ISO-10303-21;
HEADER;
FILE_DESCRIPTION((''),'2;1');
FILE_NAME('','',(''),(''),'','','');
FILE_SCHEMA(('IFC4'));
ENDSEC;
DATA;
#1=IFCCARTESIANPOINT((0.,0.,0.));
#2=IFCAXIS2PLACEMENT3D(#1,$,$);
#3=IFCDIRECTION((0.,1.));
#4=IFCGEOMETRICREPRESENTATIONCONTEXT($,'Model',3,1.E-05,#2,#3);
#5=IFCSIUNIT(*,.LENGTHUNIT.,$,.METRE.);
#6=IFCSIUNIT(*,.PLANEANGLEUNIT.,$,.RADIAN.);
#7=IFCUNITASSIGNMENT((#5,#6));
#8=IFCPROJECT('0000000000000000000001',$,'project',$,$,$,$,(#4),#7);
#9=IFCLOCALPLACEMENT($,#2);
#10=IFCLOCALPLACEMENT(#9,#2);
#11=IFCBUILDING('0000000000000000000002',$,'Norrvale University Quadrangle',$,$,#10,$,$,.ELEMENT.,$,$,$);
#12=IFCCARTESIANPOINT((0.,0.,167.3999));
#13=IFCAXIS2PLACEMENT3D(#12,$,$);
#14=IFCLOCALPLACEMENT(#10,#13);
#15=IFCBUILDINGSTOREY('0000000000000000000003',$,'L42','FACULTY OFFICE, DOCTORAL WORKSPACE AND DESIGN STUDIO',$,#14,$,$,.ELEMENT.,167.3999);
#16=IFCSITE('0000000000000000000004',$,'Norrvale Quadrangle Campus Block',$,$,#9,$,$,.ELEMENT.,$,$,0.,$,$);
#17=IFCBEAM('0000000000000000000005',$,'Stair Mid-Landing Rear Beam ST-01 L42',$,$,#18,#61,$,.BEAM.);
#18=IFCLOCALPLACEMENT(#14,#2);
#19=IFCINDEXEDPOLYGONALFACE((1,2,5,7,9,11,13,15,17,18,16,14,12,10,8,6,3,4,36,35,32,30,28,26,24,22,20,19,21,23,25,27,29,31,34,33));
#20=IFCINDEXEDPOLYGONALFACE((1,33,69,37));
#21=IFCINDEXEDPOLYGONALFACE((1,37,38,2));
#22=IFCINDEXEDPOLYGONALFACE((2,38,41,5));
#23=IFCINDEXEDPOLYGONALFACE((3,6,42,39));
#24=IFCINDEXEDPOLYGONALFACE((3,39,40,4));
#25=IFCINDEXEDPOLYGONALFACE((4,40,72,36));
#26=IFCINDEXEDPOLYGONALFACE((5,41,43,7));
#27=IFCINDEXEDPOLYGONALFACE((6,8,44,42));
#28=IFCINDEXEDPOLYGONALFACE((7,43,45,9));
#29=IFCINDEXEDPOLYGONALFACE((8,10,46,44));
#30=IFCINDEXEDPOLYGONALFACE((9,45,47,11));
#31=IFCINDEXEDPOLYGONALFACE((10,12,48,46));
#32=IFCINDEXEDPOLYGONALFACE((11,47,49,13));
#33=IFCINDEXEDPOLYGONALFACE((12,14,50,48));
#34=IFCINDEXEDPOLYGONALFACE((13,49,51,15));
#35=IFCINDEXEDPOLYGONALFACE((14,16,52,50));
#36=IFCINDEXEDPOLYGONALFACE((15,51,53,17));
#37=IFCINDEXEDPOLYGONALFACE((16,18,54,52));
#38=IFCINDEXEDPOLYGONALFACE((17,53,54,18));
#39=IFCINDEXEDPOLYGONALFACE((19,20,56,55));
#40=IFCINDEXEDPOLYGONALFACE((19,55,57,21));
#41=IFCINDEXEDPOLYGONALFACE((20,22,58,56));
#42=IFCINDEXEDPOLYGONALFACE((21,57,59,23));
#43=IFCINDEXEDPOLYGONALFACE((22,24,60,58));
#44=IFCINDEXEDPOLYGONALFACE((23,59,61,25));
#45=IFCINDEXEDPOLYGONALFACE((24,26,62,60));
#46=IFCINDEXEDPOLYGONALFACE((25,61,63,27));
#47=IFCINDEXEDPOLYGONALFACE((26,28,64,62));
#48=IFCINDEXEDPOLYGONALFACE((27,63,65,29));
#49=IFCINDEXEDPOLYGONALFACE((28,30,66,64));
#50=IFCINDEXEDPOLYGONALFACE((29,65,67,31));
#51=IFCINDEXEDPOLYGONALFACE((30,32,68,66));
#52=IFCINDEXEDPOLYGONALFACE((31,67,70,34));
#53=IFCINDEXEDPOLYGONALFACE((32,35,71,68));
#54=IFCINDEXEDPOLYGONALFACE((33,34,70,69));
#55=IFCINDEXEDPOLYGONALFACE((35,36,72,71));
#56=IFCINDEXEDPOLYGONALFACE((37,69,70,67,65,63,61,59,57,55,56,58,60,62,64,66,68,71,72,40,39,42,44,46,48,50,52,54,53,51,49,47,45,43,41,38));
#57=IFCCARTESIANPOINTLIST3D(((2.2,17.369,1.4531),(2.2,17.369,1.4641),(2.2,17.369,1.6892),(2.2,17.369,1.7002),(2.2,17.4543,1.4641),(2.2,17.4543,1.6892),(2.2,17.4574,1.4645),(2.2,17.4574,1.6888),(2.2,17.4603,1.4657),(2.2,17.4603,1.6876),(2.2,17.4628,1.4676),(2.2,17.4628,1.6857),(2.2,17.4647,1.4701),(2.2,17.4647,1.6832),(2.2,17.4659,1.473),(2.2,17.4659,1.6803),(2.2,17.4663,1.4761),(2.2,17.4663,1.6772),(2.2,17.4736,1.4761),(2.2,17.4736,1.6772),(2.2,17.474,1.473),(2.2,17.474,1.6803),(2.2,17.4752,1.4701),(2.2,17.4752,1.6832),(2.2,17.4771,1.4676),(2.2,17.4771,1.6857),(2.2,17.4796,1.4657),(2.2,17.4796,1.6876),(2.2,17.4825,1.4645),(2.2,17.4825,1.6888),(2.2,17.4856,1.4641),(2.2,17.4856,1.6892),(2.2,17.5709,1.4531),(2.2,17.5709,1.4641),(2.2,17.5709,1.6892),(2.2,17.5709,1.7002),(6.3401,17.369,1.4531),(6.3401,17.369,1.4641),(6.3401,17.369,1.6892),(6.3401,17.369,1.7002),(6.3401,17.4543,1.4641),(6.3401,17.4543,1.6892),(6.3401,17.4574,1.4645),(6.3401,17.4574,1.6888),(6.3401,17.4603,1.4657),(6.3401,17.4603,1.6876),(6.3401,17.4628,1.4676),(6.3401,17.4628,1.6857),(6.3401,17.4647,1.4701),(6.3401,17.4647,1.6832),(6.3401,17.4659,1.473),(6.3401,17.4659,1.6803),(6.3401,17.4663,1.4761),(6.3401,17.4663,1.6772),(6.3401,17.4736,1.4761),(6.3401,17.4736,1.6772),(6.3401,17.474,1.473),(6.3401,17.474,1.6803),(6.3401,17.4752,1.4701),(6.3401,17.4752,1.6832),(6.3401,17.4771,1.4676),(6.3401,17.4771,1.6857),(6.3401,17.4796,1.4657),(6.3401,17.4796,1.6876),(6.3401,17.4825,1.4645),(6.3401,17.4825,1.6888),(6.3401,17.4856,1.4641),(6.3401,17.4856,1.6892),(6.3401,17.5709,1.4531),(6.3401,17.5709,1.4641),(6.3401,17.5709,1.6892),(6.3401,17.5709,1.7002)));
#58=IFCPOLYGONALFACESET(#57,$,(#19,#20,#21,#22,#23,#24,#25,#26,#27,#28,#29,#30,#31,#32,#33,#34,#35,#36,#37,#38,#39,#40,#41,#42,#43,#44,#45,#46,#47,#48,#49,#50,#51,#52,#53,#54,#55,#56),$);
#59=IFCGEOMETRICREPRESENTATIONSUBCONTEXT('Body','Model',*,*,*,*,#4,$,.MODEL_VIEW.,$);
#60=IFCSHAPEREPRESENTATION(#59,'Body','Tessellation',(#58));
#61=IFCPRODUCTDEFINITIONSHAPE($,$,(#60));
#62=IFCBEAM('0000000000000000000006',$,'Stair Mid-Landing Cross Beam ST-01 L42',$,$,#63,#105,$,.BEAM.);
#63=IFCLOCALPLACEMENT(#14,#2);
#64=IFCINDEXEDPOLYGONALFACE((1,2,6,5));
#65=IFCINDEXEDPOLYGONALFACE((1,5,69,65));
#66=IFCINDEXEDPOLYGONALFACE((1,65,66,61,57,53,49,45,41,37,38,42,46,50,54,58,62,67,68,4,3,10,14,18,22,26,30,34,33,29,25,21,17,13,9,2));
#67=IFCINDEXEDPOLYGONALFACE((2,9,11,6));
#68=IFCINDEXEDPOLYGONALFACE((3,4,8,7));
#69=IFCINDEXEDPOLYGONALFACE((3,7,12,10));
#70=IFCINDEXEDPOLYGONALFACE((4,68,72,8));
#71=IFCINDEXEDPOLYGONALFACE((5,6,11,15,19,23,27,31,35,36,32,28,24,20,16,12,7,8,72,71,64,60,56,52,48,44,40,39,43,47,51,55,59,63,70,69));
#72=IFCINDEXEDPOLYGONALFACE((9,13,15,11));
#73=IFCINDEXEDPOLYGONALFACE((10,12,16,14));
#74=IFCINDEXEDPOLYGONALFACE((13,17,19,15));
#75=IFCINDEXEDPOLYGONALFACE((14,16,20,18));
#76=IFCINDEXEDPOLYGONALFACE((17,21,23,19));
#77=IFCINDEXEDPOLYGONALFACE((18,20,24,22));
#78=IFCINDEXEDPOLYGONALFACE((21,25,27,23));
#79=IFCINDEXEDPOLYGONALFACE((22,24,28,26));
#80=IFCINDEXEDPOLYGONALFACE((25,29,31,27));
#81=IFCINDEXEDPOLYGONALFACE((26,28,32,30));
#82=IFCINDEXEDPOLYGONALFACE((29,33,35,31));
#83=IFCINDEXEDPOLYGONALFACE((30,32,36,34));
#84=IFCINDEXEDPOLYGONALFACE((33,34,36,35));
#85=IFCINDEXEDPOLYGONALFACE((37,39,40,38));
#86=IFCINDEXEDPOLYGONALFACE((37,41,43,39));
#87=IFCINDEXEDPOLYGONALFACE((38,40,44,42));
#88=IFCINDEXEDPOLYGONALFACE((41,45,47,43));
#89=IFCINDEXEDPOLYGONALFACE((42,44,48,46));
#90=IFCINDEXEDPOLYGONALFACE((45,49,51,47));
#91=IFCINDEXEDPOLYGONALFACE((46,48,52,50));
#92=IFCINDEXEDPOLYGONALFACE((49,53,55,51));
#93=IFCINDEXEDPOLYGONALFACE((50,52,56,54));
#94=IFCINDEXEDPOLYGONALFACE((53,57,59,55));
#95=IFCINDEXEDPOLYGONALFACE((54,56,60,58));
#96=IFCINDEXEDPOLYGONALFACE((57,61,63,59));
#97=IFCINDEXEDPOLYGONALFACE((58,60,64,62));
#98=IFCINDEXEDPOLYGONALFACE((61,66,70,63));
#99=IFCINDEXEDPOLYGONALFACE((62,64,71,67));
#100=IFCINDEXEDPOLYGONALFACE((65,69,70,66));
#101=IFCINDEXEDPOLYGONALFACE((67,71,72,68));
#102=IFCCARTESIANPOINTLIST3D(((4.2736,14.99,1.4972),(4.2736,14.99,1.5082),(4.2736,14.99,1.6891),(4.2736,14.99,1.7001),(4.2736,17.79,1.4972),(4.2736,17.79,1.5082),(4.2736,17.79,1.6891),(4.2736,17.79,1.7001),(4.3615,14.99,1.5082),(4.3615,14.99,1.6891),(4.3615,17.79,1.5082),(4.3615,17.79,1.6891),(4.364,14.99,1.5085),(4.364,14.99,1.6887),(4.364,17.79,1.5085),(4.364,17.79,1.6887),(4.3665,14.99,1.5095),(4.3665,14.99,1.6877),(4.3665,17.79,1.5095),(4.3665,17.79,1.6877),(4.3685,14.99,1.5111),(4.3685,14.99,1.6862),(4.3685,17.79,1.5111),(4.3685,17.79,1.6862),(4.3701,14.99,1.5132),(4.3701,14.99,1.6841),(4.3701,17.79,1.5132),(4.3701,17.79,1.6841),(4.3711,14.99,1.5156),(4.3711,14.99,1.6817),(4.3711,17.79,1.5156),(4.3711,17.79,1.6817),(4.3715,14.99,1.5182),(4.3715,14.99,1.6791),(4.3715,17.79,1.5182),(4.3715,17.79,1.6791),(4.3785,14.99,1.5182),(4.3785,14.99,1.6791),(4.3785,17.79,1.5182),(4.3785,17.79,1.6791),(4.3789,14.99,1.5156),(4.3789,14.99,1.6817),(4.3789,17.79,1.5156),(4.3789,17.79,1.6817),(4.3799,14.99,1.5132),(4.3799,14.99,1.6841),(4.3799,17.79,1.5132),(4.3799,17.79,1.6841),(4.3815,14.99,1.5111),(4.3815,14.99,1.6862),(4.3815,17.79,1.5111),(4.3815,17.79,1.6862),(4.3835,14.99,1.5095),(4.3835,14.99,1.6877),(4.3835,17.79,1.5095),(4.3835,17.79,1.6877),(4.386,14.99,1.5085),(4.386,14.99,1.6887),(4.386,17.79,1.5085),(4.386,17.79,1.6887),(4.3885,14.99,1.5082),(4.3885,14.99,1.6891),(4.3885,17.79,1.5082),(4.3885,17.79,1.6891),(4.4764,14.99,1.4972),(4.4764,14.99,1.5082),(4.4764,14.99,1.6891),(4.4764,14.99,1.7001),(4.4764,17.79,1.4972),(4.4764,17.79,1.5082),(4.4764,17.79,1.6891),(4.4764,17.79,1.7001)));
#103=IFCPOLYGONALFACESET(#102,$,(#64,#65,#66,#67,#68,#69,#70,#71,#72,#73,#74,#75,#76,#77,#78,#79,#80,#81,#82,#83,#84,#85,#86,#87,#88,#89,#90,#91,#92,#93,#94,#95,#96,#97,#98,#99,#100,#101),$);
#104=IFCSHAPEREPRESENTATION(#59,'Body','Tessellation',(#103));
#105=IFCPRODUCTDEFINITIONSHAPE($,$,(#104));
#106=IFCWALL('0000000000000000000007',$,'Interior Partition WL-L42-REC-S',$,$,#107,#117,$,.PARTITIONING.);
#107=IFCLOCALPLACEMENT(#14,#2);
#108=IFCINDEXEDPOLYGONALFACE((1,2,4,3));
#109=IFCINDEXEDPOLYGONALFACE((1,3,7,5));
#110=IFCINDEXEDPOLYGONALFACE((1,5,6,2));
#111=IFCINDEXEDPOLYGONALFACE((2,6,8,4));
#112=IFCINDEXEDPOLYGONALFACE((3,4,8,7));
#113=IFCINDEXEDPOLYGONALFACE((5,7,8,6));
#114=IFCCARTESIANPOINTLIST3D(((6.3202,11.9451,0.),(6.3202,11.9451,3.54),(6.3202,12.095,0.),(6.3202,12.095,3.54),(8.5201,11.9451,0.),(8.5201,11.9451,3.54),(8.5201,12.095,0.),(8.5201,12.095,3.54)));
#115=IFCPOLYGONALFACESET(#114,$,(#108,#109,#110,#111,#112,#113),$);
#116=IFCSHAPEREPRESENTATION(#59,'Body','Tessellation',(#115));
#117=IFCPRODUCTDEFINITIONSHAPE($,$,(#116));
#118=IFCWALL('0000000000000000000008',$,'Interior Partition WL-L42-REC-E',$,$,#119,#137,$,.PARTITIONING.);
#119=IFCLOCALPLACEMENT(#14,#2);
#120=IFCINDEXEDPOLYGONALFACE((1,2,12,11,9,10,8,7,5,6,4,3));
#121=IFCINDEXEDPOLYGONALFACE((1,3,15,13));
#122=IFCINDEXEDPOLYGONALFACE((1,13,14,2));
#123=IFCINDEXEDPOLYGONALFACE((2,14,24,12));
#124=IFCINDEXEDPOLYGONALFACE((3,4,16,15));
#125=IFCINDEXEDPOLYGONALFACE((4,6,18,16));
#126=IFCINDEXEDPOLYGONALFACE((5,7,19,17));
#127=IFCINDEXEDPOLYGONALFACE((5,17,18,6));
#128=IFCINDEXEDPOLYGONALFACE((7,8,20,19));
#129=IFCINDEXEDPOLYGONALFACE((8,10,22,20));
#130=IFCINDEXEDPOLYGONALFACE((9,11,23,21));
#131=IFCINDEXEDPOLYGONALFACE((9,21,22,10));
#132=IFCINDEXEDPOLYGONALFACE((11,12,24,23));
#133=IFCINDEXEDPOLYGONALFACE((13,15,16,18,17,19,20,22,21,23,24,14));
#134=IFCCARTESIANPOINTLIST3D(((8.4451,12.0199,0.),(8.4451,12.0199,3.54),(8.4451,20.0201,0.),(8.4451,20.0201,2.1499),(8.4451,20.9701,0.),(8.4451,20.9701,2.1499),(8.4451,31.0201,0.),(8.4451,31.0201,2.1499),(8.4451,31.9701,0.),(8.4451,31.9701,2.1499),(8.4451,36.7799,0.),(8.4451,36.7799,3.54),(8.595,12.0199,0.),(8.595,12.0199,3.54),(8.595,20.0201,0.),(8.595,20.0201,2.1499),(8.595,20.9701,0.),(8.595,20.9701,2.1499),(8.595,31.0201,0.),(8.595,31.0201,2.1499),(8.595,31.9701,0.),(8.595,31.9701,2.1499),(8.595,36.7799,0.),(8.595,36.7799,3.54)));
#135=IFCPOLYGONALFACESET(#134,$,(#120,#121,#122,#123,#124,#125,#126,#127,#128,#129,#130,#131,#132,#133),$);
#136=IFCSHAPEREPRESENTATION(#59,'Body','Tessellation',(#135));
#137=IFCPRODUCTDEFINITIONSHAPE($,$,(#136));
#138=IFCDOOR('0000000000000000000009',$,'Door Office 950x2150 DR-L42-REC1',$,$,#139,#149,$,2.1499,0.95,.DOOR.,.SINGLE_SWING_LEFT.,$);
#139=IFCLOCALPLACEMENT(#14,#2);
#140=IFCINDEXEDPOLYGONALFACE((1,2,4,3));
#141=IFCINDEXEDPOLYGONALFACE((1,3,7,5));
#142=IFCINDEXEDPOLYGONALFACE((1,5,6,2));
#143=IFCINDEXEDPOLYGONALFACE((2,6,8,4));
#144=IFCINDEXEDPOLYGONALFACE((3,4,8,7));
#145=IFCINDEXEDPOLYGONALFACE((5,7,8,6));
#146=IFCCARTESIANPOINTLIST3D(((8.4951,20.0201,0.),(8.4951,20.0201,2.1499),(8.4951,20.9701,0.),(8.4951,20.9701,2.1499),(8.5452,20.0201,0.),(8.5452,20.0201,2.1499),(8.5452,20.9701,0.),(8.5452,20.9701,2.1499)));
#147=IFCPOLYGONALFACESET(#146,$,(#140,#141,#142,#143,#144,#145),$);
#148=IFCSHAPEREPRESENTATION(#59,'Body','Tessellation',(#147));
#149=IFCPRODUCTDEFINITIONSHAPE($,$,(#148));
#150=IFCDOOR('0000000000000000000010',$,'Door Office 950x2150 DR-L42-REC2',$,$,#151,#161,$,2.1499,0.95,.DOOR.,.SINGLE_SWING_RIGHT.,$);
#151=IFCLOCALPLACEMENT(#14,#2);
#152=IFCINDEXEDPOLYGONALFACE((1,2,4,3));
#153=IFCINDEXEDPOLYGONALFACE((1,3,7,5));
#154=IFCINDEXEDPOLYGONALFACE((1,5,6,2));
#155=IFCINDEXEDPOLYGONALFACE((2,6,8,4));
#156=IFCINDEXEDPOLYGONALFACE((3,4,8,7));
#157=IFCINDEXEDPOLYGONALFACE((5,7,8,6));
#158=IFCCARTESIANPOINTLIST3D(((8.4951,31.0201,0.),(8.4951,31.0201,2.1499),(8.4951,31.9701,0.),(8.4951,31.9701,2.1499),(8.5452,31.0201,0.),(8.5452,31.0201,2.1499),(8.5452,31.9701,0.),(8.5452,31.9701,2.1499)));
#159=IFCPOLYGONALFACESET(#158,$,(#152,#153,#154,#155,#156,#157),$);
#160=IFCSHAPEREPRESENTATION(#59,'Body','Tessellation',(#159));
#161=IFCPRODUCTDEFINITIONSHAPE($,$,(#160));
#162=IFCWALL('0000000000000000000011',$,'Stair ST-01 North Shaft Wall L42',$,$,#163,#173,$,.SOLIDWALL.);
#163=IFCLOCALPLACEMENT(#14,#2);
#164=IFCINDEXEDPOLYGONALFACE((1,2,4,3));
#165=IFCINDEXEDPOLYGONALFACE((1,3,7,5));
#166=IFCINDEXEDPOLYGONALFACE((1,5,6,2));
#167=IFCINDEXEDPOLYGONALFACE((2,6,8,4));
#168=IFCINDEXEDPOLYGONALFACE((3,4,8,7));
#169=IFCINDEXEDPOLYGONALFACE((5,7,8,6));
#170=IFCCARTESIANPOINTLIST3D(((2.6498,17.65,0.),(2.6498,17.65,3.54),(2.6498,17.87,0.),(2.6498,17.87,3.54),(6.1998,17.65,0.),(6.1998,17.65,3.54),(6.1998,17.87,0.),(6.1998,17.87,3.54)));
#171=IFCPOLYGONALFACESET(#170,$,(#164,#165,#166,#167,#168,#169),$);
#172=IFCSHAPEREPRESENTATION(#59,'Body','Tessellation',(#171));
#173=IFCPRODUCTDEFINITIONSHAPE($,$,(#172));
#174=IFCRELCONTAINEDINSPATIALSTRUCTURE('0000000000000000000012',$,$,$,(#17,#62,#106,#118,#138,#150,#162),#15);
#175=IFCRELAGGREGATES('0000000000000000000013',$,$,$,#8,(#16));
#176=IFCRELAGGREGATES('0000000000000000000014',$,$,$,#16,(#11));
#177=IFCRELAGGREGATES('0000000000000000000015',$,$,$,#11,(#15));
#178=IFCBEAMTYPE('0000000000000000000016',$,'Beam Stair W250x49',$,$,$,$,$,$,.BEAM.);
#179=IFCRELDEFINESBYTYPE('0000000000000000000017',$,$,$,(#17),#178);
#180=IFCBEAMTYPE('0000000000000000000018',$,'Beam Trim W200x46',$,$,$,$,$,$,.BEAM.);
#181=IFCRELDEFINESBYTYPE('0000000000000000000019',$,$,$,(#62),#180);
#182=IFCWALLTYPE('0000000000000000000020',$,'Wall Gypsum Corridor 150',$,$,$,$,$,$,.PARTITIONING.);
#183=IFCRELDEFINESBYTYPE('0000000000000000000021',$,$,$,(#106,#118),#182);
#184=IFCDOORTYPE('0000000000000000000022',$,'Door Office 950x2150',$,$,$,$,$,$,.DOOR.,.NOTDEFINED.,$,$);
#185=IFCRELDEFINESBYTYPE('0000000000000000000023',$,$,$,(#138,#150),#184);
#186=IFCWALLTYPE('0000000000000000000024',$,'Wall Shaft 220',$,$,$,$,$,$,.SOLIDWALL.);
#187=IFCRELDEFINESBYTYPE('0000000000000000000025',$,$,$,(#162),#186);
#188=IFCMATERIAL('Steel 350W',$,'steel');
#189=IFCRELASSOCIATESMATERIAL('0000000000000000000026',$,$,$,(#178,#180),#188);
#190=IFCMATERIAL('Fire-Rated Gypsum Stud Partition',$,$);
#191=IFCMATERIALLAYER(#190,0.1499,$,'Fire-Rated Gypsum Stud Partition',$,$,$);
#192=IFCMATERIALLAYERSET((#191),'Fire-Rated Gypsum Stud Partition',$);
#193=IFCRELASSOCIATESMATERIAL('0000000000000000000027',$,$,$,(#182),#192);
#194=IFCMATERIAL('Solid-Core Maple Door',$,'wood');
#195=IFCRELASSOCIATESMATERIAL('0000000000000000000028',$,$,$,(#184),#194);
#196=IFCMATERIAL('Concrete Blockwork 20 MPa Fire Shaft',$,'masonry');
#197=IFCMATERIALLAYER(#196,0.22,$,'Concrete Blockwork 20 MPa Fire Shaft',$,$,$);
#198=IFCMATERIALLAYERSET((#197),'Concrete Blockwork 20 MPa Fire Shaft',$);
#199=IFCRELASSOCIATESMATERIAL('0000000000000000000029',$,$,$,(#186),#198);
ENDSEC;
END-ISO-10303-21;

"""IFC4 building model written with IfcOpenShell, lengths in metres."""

from ifc_helpers import new_model, si_unit, direction, frame, frame_2d, origin, origin_2d, place, context, subcontext, project, spatial, rectangle, i_section, extrude, material, layer, layer_set, material_profile, profile_set, type_object, element, fill, save


model = new_model("IFC4")

# Units and contexts
model_context = context("Model", 3, precision=1e-05, world=origin(), true_north=direction((0.0, 1.0)))
body_context = subcontext(model_context, "Body", "Model", "MODEL_VIEW")
ifc_project = project(units=[si_unit("LENGTHUNIT", "METRE"), si_unit("PLANEANGLEUNIT", "RADIAN")], contexts=[model_context])

# Site, building, storey
site_placement = place(None, origin())
site = spatial("IfcSite", under=ifc_project, at=site_placement, Name="Norrvale Quadrangle Campus Block", CompositionType="ELEMENT", RefElevation=0.0)
building_placement = place(site_placement, origin())
building = spatial("IfcBuilding", under=site, at=building_placement, Name="Norrvale University Quadrangle", CompositionType="ELEMENT")
storey_placement = place(building_placement, frame((0.0, 0.0, 167.3999)))
storey = spatial("IfcBuildingStorey", under=building, at=storey_placement, Name="L42", Description="FACULTY OFFICE, DOCTORAL WORKSPACE AND DESIGN STUDIO", CompositionType="ELEMENT", Elevation=167.3999)

# Beams
ifc_material_1 = material(Name="Steel 350W", Category="steel")
ifc_material_profile_1 = material_profile(ifc_material_1, i_section(OverallWidth=0.2019, OverallDepth=0.2471, WebThickness=0.0073, FlangeThickness=0.011, FilletRadius=0.012, at=origin_2d()), Name="Steel 350W")
ifc_profile_set_1 = profile_set([ifc_material_profile_1], Name="Steel 350W")
beam_type_1 = type_object("IfcBeamType", Name="Beam Stair W250x49", PredefinedType="BEAM", material=ifc_profile_set_1)
for number, where, z_axis, x_axis, name in (
    (1, (2.2, 17.47, 1.5767), (1.0, 0.0, 0.0), (0.0, 1.0, 0.0), "Stair Mid-Landing Rear Beam ST-01 L42"),
):
    element("IfcBeam", number, at=place(storey_placement, frame(where, z_axis=z_axis, x_axis=x_axis)), inside=storey, type_object=beam_type_1, Name=name, PredefinedType="BEAM", context=body_context, shape_type="SweptSolid", body=[
        extrude(i_section(OverallWidth=0.2019, OverallDepth=0.2471, WebThickness=0.0073, FlangeThickness=0.011, FilletRadius=0.012, at=origin_2d()), origin(), (0.0, 0.0, 1.0), 4.1401),
    ])
ifc_material_profile_2 = material_profile(ifc_material_1, i_section(OverallWidth=0.2029, OverallDepth=0.2029, WebThickness=0.0071, FlangeThickness=0.011, FilletRadius=0.01, at=origin_2d()), Name="Steel 350W")
ifc_profile_set_2 = profile_set([ifc_material_profile_2], Name="Steel 350W")
beam_type_2 = type_object("IfcBeamType", Name="Beam Trim W200x46", PredefinedType="BEAM", material=ifc_profile_set_2)
beam_1_placement = place(storey_placement, frame((4.375, 14.99, 1.5986), z_axis=(0.0, 1.0, 0.0), x_axis=(-1.0, 0.0, 0.0)))
element("IfcBeam", 2, at=beam_1_placement, inside=storey, type_object=beam_type_2, Name="Stair Mid-Landing Cross Beam ST-01 L42", PredefinedType="BEAM", context=body_context, shape_type="SweptSolid", body=[
    extrude(i_section(OverallWidth=0.2029, OverallDepth=0.2029, WebThickness=0.0071, FlangeThickness=0.011, FilletRadius=0.01, at=origin_2d()), origin(), (0.0, 0.0, 1.0), 2.8),
])

# Wall
ifc_material_2 = material(Name="Fire-Rated Gypsum Stud Partition")
ifc_layer_1 = layer(ifc_material_2, 0.1499, Name="Fire-Rated Gypsum Stud Partition")
ifc_layer_set_1 = layer_set([ifc_layer_1], Name="Fire-Rated Gypsum Stud Partition")
wall_type_1 = type_object("IfcWallType", Name="Wall Gypsum Corridor 150", PredefinedType="PARTITIONING", material=ifc_layer_set_1)
wall_1_placement = place(storey_placement, frame((6.3201, 12.02, 0.0), z_axis=(0.0, 0.0, 1.0), x_axis=(1.0, 0.0, 0.0)))
element("IfcWall", 3, at=wall_1_placement, inside=storey, type_object=wall_type_1, Name="Interior Partition WL-L42-REC-S", PredefinedType="PARTITIONING", context=body_context, shape_type="SweptSolid", body=[
    extrude(rectangle(XDim=2.2, YDim=0.1499, at=frame_2d((1.1001, 0.0))), origin(), (0.0, 0.0, 1.0), 3.54),
])

# Wall, openings, doors
wall_2_placement = place(storey_placement, frame((8.52, 12.02, 0.0), z_axis=(0.0, 0.0, 1.0), x_axis=(0.0, 1.0, 0.0)))
wall_2 = element("IfcWall", 4, at=wall_2_placement, inside=storey, type_object=wall_type_1, Name="Interior Partition WL-L42-REC-E", PredefinedType="PARTITIONING", context=body_context, shape_type="SweptSolid", body=[
    extrude(rectangle(XDim=24.76, YDim=0.1499, at=frame_2d((12.3799, 0.0))), origin(), (0.0, 0.0, 1.0), 3.54),
])
opening_1_placement = place(wall_2_placement, frame((8.0, 0.0, 0.0)))
opening_1 = element("IfcOpeningElement", 5, at=opening_1_placement, cuts=wall_2, PredefinedType="OPENING", context=body_context, shape_type="SweptSolid", body=[
    extrude(rectangle(XDim=0.95, YDim=2.1499, at=frame_2d((0.4751, 1.075))), frame((0.0, 0.0869, 0.0), z_axis=(0.0, -1.0, 0.0), x_axis=(1.0, 0.0, 0.0)), (0.0, 0.0, 1.0), 0.1738),
])
opening_2_placement = place(wall_2_placement, frame((19.0, 0.0, 0.0)))
opening_2 = element("IfcOpeningElement", 6, at=opening_2_placement, cuts=wall_2, PredefinedType="OPENING", context=body_context, shape_type="SweptSolid", body=[
    extrude(rectangle(XDim=0.95, YDim=2.1499, at=frame_2d((0.4751, 1.075))), frame((0.0, 0.0869, 0.0), z_axis=(0.0, -1.0, 0.0), x_axis=(1.0, 0.0, 0.0)), (0.0, 0.0, 1.0), 0.1738),
])
ifc_material_3 = material(Name="Solid-Core Maple Door", Category="wood")
door_type_1 = type_object("IfcDoorType", Name="Door Office 950x2150", OperationType="NOTDEFINED", PredefinedType="DOOR", material=ifc_material_3)
door_1_placement = place(opening_1_placement, origin())
door_1 = element("IfcDoor", 7, at=door_1_placement, inside=storey, type_object=door_type_1, Name="Door Office 950x2150 DR-L42-REC1", OperationType="SINGLE_SWING_LEFT", OverallHeight=2.1499, OverallWidth=0.95, PredefinedType="DOOR", context=body_context, shape_type="SweptSolid", body=[
    extrude(rectangle(XDim=0.95, YDim=2.1499, at=frame_2d((0.4751, 1.075))), frame((0.0, 0.0249, 0.0), z_axis=(0.0, -1.0, 0.0), x_axis=(1.0, 0.0, 0.0)), (0.0, 0.0, 1.0), 0.05),
])
fill(opening_1, door_1)
door_2_placement = place(opening_2_placement, origin())
door_2 = element("IfcDoor", 8, at=door_2_placement, inside=storey, type_object=door_type_1, Name="Door Office 950x2150 DR-L42-REC2", OperationType="SINGLE_SWING_RIGHT", OverallHeight=2.1499, OverallWidth=0.95, PredefinedType="DOOR", context=body_context, shape_type="SweptSolid", body=[
    extrude(rectangle(XDim=0.95, YDim=2.1499, at=frame_2d((0.4751, 1.075))), frame((0.0, 0.0249, 0.0), z_axis=(0.0, -1.0, 0.0), x_axis=(1.0, 0.0, 0.0)), (0.0, 0.0, 1.0), 0.05),
])
fill(opening_2, door_2)

# Wall
ifc_material_4 = material(Name="Concrete Blockwork 20 MPa Fire Shaft", Category="masonry")
ifc_layer_2 = layer(ifc_material_4, 0.22, Name="Concrete Blockwork 20 MPa Fire Shaft")
ifc_layer_set_2 = layer_set([ifc_layer_2], Name="Concrete Blockwork 20 MPa Fire Shaft")
wall_type_2 = type_object("IfcWallType", Name="Wall Shaft 220", PredefinedType="SOLIDWALL", material=ifc_layer_set_2)
wall_3_placement = place(storey_placement, frame((2.6499, 17.76, 0.0), z_axis=(0.0, 0.0, 1.0), x_axis=(1.0, 0.0, 0.0)))
element("IfcWall", 9, at=wall_3_placement, inside=storey, type_object=wall_type_2, Name="Stair ST-01 North Shaft Wall L42", PredefinedType="SOLIDWALL", context=body_context, shape_type="SweptSolid", body=[
    extrude(rectangle(XDim=3.55, YDim=0.22, at=frame_2d((1.7749, 0.0))), origin(), (0.0, 0.0, 1.0), 3.54),
])

save(model, "model.ifc")
